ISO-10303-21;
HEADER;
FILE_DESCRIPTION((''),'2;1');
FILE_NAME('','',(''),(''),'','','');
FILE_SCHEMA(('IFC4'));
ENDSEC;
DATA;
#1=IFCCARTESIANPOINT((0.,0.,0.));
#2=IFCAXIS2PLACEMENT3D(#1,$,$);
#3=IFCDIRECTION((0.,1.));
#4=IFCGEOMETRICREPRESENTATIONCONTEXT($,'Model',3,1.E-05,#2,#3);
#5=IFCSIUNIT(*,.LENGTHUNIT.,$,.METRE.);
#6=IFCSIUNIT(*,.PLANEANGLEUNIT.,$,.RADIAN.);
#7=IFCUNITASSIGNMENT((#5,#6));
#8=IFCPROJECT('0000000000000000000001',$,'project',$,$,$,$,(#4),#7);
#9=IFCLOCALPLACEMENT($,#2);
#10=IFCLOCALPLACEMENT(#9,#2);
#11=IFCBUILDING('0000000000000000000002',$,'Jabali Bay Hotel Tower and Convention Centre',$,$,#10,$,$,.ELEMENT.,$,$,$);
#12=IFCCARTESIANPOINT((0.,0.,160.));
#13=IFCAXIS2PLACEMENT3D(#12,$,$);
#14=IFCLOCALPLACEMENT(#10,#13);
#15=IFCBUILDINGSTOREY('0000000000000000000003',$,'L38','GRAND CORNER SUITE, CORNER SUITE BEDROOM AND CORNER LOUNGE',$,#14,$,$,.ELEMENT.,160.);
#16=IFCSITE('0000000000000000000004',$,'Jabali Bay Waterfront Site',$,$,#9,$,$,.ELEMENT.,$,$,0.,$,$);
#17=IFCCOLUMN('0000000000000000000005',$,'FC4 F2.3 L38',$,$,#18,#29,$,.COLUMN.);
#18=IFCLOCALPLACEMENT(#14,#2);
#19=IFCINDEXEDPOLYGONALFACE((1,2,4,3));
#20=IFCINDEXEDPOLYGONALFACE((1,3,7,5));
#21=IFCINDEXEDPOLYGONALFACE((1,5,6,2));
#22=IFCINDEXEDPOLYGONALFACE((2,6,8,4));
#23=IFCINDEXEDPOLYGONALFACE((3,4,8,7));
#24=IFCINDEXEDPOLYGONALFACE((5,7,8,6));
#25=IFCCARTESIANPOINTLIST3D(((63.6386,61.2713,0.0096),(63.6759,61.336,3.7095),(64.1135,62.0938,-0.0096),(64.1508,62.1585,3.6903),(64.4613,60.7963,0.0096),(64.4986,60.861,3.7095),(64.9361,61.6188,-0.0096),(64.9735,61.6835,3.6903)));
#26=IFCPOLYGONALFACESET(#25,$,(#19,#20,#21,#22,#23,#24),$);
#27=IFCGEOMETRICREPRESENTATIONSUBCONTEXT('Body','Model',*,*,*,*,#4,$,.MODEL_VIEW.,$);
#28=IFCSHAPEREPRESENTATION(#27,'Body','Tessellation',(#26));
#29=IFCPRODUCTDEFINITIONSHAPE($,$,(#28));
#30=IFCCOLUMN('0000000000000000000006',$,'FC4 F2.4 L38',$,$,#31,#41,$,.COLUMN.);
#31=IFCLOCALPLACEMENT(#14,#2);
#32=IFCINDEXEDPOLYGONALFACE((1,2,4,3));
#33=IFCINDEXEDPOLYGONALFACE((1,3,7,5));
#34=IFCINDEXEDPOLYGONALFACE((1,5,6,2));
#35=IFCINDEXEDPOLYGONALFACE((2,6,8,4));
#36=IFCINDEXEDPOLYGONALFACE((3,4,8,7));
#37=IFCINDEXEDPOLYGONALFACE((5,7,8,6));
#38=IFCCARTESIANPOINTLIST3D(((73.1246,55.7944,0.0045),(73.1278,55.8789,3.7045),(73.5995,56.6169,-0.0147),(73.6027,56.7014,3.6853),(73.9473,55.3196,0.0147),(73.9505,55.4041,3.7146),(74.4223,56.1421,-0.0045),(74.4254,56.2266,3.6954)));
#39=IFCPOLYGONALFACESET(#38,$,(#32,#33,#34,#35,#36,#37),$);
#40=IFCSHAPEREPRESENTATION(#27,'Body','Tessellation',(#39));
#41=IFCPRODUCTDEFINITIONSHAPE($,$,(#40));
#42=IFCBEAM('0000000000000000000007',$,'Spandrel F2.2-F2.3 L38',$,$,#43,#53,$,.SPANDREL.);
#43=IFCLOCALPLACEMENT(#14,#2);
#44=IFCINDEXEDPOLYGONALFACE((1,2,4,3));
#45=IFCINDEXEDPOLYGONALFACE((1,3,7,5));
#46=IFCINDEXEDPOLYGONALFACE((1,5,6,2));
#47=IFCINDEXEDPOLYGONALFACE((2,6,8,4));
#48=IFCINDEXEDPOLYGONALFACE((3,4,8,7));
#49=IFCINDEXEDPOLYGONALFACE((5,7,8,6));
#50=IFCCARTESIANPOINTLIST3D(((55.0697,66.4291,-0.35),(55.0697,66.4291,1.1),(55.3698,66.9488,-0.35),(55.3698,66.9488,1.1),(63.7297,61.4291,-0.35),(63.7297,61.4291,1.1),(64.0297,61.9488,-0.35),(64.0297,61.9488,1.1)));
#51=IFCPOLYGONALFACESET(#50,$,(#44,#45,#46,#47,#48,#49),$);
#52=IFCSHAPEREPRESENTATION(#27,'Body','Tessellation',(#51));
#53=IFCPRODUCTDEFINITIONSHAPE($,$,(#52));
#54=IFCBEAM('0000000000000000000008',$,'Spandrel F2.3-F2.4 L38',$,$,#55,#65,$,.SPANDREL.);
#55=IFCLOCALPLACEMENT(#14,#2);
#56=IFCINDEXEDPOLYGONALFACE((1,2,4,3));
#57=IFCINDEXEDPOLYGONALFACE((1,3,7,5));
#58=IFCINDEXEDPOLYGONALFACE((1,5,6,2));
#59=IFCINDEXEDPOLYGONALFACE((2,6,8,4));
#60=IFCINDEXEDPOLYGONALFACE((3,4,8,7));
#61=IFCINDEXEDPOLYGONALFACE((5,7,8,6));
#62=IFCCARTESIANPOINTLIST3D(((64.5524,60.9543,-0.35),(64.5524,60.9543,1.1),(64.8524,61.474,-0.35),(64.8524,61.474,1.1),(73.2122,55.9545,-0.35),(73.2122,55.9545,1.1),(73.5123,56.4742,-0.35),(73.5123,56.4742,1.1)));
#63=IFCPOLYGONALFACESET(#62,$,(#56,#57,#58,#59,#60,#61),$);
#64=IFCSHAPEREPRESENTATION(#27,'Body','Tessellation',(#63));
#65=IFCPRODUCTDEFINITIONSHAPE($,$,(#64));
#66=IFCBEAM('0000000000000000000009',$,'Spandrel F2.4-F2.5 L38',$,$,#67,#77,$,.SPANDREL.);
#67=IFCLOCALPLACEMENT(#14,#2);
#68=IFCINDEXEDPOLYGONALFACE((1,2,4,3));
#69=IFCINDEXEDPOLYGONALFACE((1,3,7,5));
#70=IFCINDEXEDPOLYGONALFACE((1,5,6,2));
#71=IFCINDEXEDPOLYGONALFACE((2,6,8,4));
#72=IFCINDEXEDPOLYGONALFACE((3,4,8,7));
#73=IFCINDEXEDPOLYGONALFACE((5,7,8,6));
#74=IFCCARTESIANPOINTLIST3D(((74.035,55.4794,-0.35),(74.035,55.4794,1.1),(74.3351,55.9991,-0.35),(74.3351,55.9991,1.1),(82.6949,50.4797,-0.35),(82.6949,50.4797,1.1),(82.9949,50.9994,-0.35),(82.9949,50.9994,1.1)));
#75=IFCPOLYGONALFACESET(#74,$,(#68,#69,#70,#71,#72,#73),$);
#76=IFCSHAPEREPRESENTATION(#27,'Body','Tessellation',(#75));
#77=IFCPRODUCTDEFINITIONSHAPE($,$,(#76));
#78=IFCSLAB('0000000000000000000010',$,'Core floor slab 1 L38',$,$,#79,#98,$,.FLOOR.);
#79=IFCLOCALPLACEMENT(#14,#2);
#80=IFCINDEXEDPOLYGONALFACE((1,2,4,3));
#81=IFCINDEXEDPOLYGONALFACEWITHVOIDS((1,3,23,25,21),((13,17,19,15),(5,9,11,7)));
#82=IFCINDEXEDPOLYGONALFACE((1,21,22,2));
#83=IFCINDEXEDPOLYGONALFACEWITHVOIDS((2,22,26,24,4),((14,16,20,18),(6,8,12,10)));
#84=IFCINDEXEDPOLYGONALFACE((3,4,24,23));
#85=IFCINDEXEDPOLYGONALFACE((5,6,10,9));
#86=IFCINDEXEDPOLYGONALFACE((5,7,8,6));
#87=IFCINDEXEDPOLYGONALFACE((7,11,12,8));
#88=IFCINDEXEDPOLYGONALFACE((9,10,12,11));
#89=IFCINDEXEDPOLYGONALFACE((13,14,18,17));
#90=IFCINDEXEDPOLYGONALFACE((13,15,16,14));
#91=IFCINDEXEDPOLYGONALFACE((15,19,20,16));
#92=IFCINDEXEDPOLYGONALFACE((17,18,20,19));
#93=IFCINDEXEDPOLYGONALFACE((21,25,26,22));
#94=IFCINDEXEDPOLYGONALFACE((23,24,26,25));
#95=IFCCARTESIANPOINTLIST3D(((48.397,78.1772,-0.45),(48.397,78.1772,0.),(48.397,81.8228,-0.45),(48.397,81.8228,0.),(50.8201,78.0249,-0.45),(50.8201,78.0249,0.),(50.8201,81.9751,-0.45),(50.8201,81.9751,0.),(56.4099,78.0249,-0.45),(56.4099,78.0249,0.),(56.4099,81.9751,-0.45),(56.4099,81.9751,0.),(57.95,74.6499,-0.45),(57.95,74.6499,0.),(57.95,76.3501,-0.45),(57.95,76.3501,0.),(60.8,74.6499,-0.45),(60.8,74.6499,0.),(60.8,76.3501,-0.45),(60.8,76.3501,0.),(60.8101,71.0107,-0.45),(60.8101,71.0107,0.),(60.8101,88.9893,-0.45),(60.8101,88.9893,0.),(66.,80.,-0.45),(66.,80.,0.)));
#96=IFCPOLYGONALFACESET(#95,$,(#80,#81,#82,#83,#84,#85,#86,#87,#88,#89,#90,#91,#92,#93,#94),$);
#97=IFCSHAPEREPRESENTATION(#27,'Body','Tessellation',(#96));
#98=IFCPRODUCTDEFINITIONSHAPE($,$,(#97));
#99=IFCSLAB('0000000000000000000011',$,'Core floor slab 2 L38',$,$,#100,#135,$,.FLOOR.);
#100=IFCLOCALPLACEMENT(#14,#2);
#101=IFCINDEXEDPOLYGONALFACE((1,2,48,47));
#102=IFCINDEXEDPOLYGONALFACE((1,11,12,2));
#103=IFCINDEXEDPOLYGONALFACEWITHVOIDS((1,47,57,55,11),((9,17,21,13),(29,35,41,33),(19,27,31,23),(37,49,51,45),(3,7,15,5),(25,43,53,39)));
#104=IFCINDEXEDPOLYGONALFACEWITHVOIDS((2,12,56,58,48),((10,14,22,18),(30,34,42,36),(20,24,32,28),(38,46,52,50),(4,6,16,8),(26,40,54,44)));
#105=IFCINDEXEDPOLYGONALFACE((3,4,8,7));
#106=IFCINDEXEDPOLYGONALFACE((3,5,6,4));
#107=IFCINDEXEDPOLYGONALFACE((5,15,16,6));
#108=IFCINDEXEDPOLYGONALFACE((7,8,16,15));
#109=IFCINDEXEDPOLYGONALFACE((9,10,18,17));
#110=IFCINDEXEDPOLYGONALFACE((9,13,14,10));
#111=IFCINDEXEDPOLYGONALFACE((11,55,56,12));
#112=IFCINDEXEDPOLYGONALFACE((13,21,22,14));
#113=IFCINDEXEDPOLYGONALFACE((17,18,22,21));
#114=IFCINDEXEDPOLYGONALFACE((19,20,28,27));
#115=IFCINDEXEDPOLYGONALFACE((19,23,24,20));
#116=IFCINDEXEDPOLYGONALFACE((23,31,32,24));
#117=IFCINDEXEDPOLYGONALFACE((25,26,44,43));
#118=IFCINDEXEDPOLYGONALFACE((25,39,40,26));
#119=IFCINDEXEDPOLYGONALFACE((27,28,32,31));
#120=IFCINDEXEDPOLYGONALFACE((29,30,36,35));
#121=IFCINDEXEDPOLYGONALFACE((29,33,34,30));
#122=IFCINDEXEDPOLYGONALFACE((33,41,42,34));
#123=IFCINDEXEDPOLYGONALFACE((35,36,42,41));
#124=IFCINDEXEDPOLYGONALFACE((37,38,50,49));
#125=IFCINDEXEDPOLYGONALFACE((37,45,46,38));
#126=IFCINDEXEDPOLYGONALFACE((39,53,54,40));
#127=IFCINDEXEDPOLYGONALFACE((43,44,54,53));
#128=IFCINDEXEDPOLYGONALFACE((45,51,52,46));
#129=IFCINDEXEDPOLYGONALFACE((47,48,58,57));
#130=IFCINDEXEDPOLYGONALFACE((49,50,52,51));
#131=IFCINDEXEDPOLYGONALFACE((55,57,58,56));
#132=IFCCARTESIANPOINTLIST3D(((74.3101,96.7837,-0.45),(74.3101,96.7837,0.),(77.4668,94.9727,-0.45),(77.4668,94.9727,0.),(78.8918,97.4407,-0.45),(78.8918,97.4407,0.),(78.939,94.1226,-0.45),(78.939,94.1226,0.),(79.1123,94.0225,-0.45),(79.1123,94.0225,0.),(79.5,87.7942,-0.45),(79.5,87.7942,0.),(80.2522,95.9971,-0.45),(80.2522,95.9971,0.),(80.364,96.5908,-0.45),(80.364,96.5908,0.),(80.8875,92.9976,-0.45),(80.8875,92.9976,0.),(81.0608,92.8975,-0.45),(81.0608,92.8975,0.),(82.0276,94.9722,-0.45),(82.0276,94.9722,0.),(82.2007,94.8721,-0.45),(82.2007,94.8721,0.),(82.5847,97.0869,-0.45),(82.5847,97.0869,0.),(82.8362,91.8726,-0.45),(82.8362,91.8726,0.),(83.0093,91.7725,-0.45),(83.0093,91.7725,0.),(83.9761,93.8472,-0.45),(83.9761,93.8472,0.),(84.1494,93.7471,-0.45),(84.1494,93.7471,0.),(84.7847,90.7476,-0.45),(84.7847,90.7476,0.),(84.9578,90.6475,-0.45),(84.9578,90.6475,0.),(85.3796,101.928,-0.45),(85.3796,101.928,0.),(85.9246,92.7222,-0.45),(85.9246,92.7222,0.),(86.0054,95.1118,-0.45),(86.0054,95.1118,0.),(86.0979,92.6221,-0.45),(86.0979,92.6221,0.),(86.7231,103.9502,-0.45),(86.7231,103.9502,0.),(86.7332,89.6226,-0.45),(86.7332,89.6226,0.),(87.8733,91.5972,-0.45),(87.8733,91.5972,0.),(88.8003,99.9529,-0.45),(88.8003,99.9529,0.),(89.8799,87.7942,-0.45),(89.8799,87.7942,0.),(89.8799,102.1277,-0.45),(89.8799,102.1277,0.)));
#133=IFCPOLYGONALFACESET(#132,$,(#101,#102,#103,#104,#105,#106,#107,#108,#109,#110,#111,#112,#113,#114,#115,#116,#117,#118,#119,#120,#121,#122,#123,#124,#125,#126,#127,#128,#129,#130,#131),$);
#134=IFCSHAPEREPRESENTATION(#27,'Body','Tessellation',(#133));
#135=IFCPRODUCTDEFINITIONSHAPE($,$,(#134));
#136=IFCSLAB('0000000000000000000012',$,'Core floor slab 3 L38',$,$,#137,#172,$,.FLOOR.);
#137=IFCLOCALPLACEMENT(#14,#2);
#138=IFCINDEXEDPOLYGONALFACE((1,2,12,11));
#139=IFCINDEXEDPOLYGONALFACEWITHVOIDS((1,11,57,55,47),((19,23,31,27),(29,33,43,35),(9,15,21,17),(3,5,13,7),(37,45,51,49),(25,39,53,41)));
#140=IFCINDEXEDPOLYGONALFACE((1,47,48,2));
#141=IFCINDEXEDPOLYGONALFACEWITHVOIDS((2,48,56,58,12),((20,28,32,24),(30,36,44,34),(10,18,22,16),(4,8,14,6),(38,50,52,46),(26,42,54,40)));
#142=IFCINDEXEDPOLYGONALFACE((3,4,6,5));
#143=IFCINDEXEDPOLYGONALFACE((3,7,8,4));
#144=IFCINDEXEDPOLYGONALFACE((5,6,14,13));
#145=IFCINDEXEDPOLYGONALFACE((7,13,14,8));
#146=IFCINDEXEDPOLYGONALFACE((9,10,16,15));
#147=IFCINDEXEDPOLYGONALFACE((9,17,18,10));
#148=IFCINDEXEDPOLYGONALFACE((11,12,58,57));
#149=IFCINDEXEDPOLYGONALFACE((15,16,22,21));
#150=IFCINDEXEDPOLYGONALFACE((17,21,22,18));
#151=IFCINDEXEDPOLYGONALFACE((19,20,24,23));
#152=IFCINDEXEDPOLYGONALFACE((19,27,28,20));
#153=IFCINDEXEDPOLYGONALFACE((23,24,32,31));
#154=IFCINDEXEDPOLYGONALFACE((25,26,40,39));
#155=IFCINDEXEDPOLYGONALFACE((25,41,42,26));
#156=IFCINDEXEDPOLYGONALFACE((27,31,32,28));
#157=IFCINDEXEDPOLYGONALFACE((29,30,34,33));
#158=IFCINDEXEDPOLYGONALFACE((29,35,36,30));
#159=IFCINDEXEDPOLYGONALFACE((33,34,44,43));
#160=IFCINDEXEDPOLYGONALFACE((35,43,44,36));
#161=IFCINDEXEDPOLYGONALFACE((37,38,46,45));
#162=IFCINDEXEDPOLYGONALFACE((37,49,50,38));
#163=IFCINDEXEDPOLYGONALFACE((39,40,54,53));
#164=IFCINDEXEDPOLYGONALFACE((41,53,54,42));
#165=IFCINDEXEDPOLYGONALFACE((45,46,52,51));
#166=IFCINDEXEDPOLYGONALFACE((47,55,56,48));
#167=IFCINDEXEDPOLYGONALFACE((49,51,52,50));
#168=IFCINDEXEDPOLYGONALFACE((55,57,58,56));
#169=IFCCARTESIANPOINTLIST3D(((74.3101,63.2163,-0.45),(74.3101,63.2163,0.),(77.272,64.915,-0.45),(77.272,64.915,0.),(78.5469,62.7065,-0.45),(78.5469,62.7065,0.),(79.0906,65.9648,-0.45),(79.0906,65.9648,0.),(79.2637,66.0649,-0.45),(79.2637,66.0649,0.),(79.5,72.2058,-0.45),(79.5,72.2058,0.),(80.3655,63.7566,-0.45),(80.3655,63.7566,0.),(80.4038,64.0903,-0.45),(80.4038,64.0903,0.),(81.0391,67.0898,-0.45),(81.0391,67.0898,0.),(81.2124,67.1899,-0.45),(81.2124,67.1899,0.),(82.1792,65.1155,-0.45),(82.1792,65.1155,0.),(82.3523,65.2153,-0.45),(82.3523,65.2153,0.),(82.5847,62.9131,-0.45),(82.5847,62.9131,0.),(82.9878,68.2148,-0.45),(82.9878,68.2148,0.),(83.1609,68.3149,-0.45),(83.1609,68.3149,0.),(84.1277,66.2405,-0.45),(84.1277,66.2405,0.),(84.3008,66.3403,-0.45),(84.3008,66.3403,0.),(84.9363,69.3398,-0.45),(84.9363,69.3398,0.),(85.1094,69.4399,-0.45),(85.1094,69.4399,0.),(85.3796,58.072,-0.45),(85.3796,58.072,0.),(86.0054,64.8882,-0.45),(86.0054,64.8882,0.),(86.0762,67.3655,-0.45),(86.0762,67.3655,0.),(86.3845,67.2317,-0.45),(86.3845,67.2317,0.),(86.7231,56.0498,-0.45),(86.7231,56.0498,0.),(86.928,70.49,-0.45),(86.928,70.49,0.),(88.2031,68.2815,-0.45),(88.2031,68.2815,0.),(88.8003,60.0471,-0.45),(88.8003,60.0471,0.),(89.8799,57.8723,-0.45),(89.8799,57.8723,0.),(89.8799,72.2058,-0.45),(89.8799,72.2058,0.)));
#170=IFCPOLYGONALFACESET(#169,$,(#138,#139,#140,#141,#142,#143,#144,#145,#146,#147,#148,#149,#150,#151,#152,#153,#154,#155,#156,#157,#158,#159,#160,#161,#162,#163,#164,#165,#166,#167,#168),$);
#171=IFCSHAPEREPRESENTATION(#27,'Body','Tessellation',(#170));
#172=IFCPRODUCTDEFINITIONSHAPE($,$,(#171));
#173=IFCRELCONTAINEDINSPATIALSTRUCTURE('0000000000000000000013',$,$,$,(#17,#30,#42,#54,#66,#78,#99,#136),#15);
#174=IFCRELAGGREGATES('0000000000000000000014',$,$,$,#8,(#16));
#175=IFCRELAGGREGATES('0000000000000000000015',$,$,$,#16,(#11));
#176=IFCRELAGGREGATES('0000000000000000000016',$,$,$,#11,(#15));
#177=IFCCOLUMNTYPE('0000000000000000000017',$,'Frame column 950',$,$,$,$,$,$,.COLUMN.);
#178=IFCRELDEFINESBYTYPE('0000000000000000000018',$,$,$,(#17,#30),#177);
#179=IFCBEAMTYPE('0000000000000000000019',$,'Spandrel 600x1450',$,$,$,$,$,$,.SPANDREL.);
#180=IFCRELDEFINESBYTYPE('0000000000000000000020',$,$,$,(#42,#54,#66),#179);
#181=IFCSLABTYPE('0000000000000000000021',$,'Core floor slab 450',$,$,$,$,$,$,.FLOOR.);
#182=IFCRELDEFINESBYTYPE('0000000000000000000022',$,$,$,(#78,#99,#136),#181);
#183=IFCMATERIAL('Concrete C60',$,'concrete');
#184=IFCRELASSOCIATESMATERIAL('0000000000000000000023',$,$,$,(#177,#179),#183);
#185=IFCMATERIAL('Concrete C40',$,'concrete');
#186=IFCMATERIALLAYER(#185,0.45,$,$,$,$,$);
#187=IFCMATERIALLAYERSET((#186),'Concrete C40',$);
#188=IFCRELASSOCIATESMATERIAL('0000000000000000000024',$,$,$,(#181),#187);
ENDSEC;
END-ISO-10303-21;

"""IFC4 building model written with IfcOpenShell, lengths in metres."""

from ifc_helpers import new_model, si_unit, direction, frame, origin, origin_2d, place, context, subcontext, project, spatial, polyline, rectangle, outline, extrude, material, layer, layer_set, material_profile, profile_set, type_object, element, save


model = new_model("IFC4")

# Units and contexts
model_context = context("Model", 3, precision=1e-05, world=origin(), true_north=direction((0.0, 1.0)))
body_context = subcontext(model_context, "Body", "Model", "MODEL_VIEW")
ifc_project = project(units=[si_unit("LENGTHUNIT", "METRE"), si_unit("PLANEANGLEUNIT", "RADIAN")], contexts=[model_context])

# Site, building, storey
site_placement = place(None, origin())
site = spatial("IfcSite", under=ifc_project, at=site_placement, Name="Jabali Bay Waterfront Site", CompositionType="ELEMENT", RefElevation=0.0)
building_placement = place(site_placement, origin())
building = spatial("IfcBuilding", under=site, at=building_placement, Name="Jabali Bay Hotel Tower and Convention Centre", CompositionType="ELEMENT")
storey_placement = place(building_placement, frame((0.0, 0.0, 160.0)))
storey = spatial("IfcBuildingStorey", under=building, at=storey_placement, Name="L38", Description="GRAND CORNER SUITE, CORNER SUITE BEDROOM AND CORNER LOUNGE", CompositionType="ELEMENT", Elevation=160.0)

# Columns
ifc_material_1 = material(Name="Concrete C60", Category="concrete")
ifc_material_profile_1 = material_profile(ifc_material_1, rectangle(XDim=0.95, YDim=0.95, at=origin_2d()), Name="Frame column 950")
ifc_profile_set_1 = profile_set([ifc_material_profile_1], Name="Concrete C60")
column_type = type_object("IfcColumnType", Name="Frame column 950", PredefinedType="COLUMN", material=ifc_profile_set_1)
column_1_placement = place(storey_placement, frame((64.2874, 61.4451, 0.0), z_axis=(0.010094, 0.017482, 0.999796), x_axis=(-0.866026, 0.499999, 0.0)))
element("IfcColumn", 1, at=column_1_placement, inside=storey, type_object=column_type, Name="FC4 F2.3 L38", PredefinedType="COLUMN", context=body_context, shape_type="SweptSolid", body=[
    extrude(rectangle(XDim=0.95, YDim=0.95, at=origin_2d()), origin(), (0.0, 0.0, 1.0), 3.7007),
])
column_2_placement = place(storey_placement, frame((73.7734, 55.9683, 0.0), z_axis=(0.000858, 0.022825, 0.999739), x_axis=(-0.499939, -0.865825, 0.020196)))
element("IfcColumn", 2, at=column_2_placement, inside=storey, type_object=column_type, Name="FC4 F2.4 L38", PredefinedType="COLUMN", context=body_context, shape_type="SweptSolid", body=[
    extrude(rectangle(XDim=0.95, YDim=0.95, at=origin_2d()), origin(), (0.0, 0.0, 1.0), 3.7009),
])

# Beams
ifc_material_profile_2 = material_profile(ifc_material_1, rectangle(XDim=0.6001, YDim=1.45, at=origin_2d()), Name="Spandrel 600x1450")
ifc_profile_set_2 = profile_set([ifc_material_profile_2], Name="Concrete C60")
beam_type = type_object("IfcBeamType", Name="Spandrel 600x1450", PredefinedType="SPANDREL", material=ifc_profile_set_2)
beam_placement = place(storey_placement, frame((55.2197, 66.689, 0.375), z_axis=(0.866017, -0.500015, 0.0), x_axis=(0.500015, 0.866017, 0.0)))
element("IfcBeam", 3, at=beam_placement, inside=storey, type_object=beam_type, Name="Spandrel F2.2-F2.3 L38", PredefinedType="SPANDREL", context=body_context, shape_type="SweptSolid", body=[
    extrude(rectangle(XDim=0.6001, YDim=1.45, at=origin_2d()), origin(), (0.0, 0.0, 1.0), 9.9998),
])
for number, where, z_axis, x_axis, name in (
    (4, (64.7024, 61.2141, 0.375), (0.866027, -0.499996, 0.0), (0.499996, 0.866027, 0.0), "Spandrel F2.3-F2.4 L38"),
    (5, (74.1851, 55.7393, 0.375), (0.866027, -0.499996, 0.0), (0.499996, 0.866027, 0.0), "Spandrel F2.4-F2.5 L38"),
):
    element("IfcBeam", number, at=place(storey_placement, frame(where, z_axis=z_axis, x_axis=x_axis)), inside=storey, type_object=beam_type, Name=name, PredefinedType="SPANDREL", context=body_context, shape_type="SweptSolid", body=[
        extrude(rectangle(XDim=0.6001, YDim=1.45, at=origin_2d()), origin(), (0.0, 0.0, 1.0), 9.9995),
    ])

# Slabs
ifc_material_2 = material(Name="Concrete C40", Category="concrete")
ifc_layer_1 = layer(ifc_material_2, 0.45)
ifc_layer_set_1 = layer_set([ifc_layer_1], Name="Concrete C40")
slab_type_1 = type_object("IfcSlabType", Name="Core floor slab 450", PredefinedType="FLOOR", material=ifc_layer_set_1)
slab_1_placement = place(storey_placement, frame((0.0, 0.0, -0.45)))
element("IfcSlab", 6, at=slab_1_placement, inside=storey, type_object=slab_type_1, Name="Core floor slab 1 L38", PredefinedType="FLOOR", context=body_context, shape_type="SweptSolid", body=[
    extrude(outline(polyline([(66.0, 80.0), (60.8101, 88.9893), (48.397, 81.8228), (48.397, 78.1772), (60.8101, 71.0107), (66.0, 80.0)]), holes=[polyline([(60.8, 76.3501), (57.95, 76.3501), (57.95, 74.6499), (60.8, 74.6499), (60.8, 76.3501)]), polyline([(50.8201, 81.9751), (50.8201, 78.0249), (56.4099, 78.0249), (56.4099, 81.9751), (50.8201, 81.9751)])]), origin(), (0.0, 0.0, 1.0), 0.45),
])
slab_2_placement = place(storey_placement, frame((0.0, 0.0, -0.45)))
element("IfcSlab", 7, at=slab_2_placement, inside=storey, type_object=slab_type_1, Name="Core floor slab 2 L38", PredefinedType="FLOOR", context=body_context, shape_type="SweptSolid", body=[
    extrude(outline(polyline([(79.5, 87.7942), (89.8799, 87.7942), (89.8799, 102.1277), (86.7231, 103.9502), (74.3101, 96.7837), (79.5, 87.7942)]), holes=[polyline([(84.9578, 90.6475), (86.7332, 89.6226), (87.8733, 91.5972), (86.0979, 92.6221), (84.9578, 90.6475)]), polyline([(84.1494, 93.7471), (83.0093, 91.7725), (84.7847, 90.7476), (85.9246, 92.7222), (84.1494, 93.7471)]), polyline([(82.2007, 94.8721), (81.0608, 92.8975), (82.8362, 91.8726), (83.9761, 93.8472), (82.2007, 94.8721)]), polyline([(79.1123, 94.0225), (80.8875, 92.9976), (82.0276, 94.9722), (80.2522, 95.9971), (79.1123, 94.0225)]), polyline([(78.8918, 97.4407), (77.4668, 94.9727), (78.939, 94.1226), (80.364, 96.5908), (78.8918, 97.4407)]), polyline([(82.5847, 97.0869), (86.0054, 95.1118), (88.8003, 99.9529), (85.3796, 101.928), (82.5847, 97.0869)])]), origin(), (0.0, 0.0, 1.0), 0.45),
])
slab_3_placement = place(storey_placement, frame((0.0, 0.0, -0.45)))
element("IfcSlab", 8, at=slab_3_placement, inside=storey, type_object=slab_type_1, Name="Core floor slab 3 L38", PredefinedType="FLOOR", context=body_context, shape_type="SweptSolid", body=[
    extrude(outline(polyline([(79.5, 72.2058), (74.3101, 63.2163), (86.7231, 56.0498), (89.8799, 57.8723), (89.8799, 72.2058), (79.5, 72.2058)]), holes=[polyline([(82.5847, 62.9131), (85.3796, 58.072), (88.8003, 60.0471), (86.0054, 64.8882), (82.5847, 62.9131)]), polyline([(80.3655, 63.7566), (79.0906, 65.9648), (77.272, 64.915), (78.5469, 62.7065), (80.3655, 63.7566)]), polyline([(82.1792, 65.1155), (81.0391, 67.0898), (79.2637, 66.0649), (80.4038, 64.0903), (82.1792, 65.1155)]), polyline([(82.9878, 68.2148), (81.2124, 67.1899), (82.3523, 65.2153), (84.1277, 66.2405), (82.9878, 68.2148)]), polyline([(86.0762, 67.3655), (84.9363, 69.3398), (83.1609, 68.3149), (84.3008, 66.3403), (86.0762, 67.3655)]), polyline([(88.2031, 68.2815), (86.928, 70.49), (85.1094, 69.4399), (86.3845, 67.2317), (88.2031, 68.2815)])]), origin(), (0.0, 0.0, 1.0), 0.45),
])

save(model, "model.ifc")
